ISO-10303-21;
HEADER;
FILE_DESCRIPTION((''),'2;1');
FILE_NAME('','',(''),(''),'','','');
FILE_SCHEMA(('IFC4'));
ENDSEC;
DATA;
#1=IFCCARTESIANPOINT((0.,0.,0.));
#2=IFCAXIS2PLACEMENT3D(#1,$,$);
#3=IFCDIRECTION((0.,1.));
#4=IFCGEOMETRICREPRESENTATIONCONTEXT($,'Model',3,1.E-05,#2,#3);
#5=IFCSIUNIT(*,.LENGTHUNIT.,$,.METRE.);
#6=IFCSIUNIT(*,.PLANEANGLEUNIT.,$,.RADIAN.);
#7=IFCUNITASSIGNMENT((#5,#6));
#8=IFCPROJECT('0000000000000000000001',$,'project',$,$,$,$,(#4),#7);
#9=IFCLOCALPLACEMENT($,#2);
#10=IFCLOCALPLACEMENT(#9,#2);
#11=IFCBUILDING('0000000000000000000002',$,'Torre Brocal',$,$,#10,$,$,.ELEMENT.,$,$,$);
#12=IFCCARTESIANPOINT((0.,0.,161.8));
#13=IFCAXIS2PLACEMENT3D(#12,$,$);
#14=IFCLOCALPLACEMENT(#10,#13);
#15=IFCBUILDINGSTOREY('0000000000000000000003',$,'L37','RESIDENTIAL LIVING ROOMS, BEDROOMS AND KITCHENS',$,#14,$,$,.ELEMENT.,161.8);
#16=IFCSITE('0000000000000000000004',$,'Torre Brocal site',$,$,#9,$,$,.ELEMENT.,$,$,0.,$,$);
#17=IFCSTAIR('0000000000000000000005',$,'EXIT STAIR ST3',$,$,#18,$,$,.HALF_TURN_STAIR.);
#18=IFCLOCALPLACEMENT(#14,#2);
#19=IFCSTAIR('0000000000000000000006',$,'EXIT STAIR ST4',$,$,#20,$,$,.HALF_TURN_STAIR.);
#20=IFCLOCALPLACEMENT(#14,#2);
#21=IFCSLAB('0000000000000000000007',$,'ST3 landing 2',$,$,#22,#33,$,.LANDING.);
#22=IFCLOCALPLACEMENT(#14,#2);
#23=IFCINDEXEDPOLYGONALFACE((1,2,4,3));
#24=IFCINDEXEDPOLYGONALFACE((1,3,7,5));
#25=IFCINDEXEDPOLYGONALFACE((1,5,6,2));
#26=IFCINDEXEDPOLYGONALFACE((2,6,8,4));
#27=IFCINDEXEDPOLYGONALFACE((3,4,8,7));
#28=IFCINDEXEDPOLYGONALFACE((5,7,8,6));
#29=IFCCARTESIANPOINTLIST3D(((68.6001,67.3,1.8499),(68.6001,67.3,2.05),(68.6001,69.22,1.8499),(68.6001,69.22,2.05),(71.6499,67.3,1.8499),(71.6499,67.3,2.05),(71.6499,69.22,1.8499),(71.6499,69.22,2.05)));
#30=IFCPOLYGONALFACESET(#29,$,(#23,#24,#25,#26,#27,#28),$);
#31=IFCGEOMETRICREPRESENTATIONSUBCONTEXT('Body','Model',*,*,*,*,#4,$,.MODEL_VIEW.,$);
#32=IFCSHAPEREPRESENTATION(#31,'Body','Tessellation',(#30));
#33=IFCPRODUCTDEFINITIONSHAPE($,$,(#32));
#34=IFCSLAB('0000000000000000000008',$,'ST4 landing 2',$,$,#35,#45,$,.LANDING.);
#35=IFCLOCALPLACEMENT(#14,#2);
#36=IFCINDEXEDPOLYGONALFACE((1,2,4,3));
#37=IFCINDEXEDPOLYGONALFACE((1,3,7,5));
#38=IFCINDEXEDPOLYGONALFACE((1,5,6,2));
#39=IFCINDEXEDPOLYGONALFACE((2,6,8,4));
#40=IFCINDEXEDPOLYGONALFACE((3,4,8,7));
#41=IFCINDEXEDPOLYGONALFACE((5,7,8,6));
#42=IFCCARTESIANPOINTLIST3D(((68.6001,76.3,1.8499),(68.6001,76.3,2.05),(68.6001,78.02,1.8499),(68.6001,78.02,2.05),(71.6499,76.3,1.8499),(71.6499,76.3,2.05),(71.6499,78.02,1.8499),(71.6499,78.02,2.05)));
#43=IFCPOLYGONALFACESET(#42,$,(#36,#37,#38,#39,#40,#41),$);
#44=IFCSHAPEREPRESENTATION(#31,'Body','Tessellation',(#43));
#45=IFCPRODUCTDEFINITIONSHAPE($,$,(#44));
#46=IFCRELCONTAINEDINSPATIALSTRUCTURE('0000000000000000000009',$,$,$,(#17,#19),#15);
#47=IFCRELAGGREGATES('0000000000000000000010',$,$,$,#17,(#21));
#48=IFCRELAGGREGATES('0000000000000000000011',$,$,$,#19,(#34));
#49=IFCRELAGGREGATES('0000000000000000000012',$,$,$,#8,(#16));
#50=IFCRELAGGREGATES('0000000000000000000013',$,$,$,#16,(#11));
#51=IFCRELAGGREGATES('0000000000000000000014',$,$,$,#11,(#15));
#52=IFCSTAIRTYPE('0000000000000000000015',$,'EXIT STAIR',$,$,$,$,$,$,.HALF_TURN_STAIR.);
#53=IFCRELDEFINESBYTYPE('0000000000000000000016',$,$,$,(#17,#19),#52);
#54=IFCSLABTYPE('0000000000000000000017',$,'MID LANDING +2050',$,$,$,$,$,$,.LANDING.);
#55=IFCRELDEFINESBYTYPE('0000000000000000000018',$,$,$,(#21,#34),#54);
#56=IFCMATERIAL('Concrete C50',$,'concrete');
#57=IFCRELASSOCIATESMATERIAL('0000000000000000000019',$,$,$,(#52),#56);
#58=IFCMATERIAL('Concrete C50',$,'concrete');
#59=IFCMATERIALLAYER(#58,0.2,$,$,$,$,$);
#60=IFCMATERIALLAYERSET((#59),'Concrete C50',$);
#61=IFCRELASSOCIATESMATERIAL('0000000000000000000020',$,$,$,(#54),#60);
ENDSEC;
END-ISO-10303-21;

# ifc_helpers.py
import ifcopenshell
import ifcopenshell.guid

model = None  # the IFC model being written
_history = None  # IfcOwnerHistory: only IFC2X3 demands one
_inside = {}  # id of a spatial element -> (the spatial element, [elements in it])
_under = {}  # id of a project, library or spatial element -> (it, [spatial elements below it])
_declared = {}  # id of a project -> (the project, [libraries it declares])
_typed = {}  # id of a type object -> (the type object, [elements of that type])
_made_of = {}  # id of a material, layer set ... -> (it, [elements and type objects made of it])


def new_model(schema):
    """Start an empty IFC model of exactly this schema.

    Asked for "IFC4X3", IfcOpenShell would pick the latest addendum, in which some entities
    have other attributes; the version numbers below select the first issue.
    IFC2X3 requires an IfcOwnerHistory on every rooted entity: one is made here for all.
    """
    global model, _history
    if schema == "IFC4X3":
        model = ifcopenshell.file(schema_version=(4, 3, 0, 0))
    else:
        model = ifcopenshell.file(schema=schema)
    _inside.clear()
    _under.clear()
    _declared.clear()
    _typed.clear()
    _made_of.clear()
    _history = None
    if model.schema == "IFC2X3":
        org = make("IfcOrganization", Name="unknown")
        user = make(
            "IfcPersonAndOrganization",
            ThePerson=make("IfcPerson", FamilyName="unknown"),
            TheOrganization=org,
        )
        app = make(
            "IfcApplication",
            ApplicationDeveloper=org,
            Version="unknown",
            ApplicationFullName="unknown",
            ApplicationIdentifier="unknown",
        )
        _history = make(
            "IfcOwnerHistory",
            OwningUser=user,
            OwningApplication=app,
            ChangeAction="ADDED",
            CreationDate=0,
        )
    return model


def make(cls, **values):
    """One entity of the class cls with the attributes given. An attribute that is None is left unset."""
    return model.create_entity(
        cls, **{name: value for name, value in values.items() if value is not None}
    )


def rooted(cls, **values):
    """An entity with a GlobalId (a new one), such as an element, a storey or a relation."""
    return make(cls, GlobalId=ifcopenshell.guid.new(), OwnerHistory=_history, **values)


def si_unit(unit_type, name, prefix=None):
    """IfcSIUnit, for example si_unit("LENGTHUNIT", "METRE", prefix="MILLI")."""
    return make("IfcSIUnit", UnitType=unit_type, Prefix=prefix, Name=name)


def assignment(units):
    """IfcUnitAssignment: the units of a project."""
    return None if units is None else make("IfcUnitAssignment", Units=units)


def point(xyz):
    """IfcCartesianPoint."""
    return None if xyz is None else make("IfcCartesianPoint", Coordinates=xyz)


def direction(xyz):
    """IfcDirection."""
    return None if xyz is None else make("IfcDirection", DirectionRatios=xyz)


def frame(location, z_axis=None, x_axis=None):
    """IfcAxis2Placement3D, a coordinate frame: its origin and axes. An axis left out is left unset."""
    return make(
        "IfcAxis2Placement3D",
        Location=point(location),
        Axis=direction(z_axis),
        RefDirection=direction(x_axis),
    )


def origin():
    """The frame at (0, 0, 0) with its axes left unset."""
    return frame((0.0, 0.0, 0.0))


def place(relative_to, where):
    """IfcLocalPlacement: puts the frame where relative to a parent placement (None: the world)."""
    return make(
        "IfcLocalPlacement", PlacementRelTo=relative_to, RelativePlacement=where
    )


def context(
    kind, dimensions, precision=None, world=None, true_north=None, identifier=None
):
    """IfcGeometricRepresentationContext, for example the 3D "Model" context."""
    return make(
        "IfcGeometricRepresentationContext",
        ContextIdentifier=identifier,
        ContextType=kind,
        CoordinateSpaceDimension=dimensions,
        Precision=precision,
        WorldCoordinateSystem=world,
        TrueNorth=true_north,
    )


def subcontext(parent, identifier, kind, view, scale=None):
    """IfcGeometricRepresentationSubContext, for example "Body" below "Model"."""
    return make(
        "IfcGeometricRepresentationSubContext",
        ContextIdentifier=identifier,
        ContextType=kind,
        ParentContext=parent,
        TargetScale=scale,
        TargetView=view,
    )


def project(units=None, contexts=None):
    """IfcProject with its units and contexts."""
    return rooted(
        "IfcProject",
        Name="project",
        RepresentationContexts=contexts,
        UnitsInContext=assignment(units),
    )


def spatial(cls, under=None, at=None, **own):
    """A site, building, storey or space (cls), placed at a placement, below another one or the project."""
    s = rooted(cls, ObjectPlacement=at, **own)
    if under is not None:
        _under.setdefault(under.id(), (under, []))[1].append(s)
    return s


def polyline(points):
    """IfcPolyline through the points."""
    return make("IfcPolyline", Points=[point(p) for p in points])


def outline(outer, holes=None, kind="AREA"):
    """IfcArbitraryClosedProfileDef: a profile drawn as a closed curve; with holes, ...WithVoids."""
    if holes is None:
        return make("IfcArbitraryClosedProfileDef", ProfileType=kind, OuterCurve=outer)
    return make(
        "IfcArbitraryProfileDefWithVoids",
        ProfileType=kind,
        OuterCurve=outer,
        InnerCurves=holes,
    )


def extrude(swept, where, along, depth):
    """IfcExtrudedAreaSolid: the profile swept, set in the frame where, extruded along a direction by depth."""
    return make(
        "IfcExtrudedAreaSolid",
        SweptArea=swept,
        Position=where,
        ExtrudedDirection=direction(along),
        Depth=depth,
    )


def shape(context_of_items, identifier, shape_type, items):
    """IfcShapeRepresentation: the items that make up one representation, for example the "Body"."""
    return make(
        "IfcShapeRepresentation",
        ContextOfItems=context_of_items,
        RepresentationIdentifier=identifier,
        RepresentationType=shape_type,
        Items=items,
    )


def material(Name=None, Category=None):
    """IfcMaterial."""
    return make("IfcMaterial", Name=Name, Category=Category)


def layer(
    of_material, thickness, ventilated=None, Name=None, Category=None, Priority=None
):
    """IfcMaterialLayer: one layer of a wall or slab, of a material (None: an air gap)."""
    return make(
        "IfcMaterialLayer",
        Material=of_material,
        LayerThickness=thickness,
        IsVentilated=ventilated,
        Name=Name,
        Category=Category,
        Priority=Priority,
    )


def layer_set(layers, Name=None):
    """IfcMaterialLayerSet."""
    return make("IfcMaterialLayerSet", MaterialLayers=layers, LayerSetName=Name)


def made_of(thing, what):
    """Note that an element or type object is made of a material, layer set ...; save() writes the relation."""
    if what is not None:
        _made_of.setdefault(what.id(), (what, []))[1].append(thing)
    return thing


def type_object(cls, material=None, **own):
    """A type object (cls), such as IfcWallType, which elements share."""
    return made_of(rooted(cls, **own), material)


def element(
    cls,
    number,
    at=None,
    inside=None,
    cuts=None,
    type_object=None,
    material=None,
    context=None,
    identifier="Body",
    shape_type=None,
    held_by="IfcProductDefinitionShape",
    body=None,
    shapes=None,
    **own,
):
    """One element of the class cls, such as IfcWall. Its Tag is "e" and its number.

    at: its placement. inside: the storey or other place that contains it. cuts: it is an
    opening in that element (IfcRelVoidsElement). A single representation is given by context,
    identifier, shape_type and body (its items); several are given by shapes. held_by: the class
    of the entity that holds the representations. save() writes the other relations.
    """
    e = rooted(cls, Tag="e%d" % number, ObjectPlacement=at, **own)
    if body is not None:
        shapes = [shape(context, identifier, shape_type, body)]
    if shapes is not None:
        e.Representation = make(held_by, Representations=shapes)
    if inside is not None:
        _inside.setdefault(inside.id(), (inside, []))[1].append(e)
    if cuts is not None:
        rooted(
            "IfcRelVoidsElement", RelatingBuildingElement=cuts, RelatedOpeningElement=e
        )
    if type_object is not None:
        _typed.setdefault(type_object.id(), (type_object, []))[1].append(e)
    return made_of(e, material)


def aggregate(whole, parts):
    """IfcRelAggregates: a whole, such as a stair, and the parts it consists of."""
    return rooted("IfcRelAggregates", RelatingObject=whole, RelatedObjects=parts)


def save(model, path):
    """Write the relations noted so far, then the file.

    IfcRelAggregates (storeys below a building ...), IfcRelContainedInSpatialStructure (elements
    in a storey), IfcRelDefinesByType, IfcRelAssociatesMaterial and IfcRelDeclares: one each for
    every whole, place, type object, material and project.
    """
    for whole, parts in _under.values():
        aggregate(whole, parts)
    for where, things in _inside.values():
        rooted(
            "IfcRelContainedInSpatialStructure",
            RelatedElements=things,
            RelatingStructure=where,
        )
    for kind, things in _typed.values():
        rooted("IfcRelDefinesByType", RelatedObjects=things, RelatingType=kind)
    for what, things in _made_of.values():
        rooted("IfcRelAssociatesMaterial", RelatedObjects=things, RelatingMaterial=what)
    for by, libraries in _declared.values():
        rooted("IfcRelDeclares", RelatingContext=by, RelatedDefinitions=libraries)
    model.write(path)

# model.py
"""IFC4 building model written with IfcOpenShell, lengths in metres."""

from ifc_helpers import new_model, si_unit, direction, frame, origin, place, context, subcontext, project, spatial, polyline, outline, extrude, material, layer, layer_set, type_object, element, aggregate, save


model = new_model("IFC4")

# Units and contexts
model_context = context("Model", 3, precision=1e-05, world=origin(), true_north=direction((0.0, 1.0)))
body_context = subcontext(model_context, "Body", "Model", "MODEL_VIEW")
ifc_project = project(units=[si_unit("LENGTHUNIT", "METRE"), si_unit("PLANEANGLEUNIT", "RADIAN")], contexts=[model_context])

# Site, building, storey
site_placement = place(None, origin())
site = spatial("IfcSite", under=ifc_project, at=site_placement, Name="Torre Brocal site", CompositionType="ELEMENT", RefElevation=0.0)
building_placement = place(site_placement, origin())
building = spatial("IfcBuilding", under=site, at=building_placement, Name="Torre Brocal", CompositionType="ELEMENT")
storey_placement = place(building_placement, frame((0.0, 0.0, 161.8)))
storey = spatial("IfcBuildingStorey", under=building, at=storey_placement, Name="L37", Description="RESIDENTIAL LIVING ROOMS, BEDROOMS AND KITCHENS", CompositionType="ELEMENT", Elevation=161.8)

# Stairs
ifc_material_1 = material(Name="Concrete C50", Category="concrete")
stair_type = type_object("IfcStairType", Name="EXIT STAIR", PredefinedType="HALF_TURN_STAIR", material=ifc_material_1)
stair_1_placement = place(storey_placement, origin())
stair_1 = element("IfcStair", 1, at=stair_1_placement, inside=storey, type_object=stair_type, Name="EXIT STAIR ST3", PredefinedType="HALF_TURN_STAIR")
stair_2_placement = place(storey_placement, origin())
stair_2 = element("IfcStair", 2, at=stair_2_placement, inside=storey, type_object=stair_type, Name="EXIT STAIR ST4", PredefinedType="HALF_TURN_STAIR")

# Slabs
ifc_material_2 = material(Name="Concrete C50", Category="concrete")
ifc_layer_1 = layer(ifc_material_2, 0.2)
ifc_layer_set_1 = layer_set([ifc_layer_1], Name="Concrete C50")
slab_type_1 = type_object("IfcSlabType", Name="MID LANDING +2050", PredefinedType="LANDING", material=ifc_layer_set_1)
slab_1_placement = place(storey_placement, frame((0.0, 0.0, 1.8499)))
slab_1 = element("IfcSlab", 3, at=slab_1_placement, type_object=slab_type_1, Name="ST3 landing 2", PredefinedType="LANDING", context=body_context, shape_type="SweptSolid", body=[
    extrude(outline(polyline([(71.6499, 69.22), (68.6001, 69.22), (68.6001, 67.3), (71.6499, 67.3), (71.6499, 69.22)])), origin(), (0.0, 0.0, 1.0), 0.2002),
])
aggregate(stair_1, [slab_1])
slab_2_placement = place(storey_placement, frame((0.0, 0.0, 1.8499)))
slab_2 = element("IfcSlab", 4, at=slab_2_placement, type_object=slab_type_1, Name="ST4 landing 2", PredefinedType="LANDING", context=body_context, shape_type="SweptSolid", body=[
    extrude(outline(polyline([(71.6499, 78.02), (68.6001, 78.02), (68.6001, 76.3), (71.6499, 76.3), (71.6499, 78.02)])), origin(), (0.0, 0.0, 1.0), 0.2002),
])
aggregate(stair_2, [slab_2])

save(model, "model.ifc")
